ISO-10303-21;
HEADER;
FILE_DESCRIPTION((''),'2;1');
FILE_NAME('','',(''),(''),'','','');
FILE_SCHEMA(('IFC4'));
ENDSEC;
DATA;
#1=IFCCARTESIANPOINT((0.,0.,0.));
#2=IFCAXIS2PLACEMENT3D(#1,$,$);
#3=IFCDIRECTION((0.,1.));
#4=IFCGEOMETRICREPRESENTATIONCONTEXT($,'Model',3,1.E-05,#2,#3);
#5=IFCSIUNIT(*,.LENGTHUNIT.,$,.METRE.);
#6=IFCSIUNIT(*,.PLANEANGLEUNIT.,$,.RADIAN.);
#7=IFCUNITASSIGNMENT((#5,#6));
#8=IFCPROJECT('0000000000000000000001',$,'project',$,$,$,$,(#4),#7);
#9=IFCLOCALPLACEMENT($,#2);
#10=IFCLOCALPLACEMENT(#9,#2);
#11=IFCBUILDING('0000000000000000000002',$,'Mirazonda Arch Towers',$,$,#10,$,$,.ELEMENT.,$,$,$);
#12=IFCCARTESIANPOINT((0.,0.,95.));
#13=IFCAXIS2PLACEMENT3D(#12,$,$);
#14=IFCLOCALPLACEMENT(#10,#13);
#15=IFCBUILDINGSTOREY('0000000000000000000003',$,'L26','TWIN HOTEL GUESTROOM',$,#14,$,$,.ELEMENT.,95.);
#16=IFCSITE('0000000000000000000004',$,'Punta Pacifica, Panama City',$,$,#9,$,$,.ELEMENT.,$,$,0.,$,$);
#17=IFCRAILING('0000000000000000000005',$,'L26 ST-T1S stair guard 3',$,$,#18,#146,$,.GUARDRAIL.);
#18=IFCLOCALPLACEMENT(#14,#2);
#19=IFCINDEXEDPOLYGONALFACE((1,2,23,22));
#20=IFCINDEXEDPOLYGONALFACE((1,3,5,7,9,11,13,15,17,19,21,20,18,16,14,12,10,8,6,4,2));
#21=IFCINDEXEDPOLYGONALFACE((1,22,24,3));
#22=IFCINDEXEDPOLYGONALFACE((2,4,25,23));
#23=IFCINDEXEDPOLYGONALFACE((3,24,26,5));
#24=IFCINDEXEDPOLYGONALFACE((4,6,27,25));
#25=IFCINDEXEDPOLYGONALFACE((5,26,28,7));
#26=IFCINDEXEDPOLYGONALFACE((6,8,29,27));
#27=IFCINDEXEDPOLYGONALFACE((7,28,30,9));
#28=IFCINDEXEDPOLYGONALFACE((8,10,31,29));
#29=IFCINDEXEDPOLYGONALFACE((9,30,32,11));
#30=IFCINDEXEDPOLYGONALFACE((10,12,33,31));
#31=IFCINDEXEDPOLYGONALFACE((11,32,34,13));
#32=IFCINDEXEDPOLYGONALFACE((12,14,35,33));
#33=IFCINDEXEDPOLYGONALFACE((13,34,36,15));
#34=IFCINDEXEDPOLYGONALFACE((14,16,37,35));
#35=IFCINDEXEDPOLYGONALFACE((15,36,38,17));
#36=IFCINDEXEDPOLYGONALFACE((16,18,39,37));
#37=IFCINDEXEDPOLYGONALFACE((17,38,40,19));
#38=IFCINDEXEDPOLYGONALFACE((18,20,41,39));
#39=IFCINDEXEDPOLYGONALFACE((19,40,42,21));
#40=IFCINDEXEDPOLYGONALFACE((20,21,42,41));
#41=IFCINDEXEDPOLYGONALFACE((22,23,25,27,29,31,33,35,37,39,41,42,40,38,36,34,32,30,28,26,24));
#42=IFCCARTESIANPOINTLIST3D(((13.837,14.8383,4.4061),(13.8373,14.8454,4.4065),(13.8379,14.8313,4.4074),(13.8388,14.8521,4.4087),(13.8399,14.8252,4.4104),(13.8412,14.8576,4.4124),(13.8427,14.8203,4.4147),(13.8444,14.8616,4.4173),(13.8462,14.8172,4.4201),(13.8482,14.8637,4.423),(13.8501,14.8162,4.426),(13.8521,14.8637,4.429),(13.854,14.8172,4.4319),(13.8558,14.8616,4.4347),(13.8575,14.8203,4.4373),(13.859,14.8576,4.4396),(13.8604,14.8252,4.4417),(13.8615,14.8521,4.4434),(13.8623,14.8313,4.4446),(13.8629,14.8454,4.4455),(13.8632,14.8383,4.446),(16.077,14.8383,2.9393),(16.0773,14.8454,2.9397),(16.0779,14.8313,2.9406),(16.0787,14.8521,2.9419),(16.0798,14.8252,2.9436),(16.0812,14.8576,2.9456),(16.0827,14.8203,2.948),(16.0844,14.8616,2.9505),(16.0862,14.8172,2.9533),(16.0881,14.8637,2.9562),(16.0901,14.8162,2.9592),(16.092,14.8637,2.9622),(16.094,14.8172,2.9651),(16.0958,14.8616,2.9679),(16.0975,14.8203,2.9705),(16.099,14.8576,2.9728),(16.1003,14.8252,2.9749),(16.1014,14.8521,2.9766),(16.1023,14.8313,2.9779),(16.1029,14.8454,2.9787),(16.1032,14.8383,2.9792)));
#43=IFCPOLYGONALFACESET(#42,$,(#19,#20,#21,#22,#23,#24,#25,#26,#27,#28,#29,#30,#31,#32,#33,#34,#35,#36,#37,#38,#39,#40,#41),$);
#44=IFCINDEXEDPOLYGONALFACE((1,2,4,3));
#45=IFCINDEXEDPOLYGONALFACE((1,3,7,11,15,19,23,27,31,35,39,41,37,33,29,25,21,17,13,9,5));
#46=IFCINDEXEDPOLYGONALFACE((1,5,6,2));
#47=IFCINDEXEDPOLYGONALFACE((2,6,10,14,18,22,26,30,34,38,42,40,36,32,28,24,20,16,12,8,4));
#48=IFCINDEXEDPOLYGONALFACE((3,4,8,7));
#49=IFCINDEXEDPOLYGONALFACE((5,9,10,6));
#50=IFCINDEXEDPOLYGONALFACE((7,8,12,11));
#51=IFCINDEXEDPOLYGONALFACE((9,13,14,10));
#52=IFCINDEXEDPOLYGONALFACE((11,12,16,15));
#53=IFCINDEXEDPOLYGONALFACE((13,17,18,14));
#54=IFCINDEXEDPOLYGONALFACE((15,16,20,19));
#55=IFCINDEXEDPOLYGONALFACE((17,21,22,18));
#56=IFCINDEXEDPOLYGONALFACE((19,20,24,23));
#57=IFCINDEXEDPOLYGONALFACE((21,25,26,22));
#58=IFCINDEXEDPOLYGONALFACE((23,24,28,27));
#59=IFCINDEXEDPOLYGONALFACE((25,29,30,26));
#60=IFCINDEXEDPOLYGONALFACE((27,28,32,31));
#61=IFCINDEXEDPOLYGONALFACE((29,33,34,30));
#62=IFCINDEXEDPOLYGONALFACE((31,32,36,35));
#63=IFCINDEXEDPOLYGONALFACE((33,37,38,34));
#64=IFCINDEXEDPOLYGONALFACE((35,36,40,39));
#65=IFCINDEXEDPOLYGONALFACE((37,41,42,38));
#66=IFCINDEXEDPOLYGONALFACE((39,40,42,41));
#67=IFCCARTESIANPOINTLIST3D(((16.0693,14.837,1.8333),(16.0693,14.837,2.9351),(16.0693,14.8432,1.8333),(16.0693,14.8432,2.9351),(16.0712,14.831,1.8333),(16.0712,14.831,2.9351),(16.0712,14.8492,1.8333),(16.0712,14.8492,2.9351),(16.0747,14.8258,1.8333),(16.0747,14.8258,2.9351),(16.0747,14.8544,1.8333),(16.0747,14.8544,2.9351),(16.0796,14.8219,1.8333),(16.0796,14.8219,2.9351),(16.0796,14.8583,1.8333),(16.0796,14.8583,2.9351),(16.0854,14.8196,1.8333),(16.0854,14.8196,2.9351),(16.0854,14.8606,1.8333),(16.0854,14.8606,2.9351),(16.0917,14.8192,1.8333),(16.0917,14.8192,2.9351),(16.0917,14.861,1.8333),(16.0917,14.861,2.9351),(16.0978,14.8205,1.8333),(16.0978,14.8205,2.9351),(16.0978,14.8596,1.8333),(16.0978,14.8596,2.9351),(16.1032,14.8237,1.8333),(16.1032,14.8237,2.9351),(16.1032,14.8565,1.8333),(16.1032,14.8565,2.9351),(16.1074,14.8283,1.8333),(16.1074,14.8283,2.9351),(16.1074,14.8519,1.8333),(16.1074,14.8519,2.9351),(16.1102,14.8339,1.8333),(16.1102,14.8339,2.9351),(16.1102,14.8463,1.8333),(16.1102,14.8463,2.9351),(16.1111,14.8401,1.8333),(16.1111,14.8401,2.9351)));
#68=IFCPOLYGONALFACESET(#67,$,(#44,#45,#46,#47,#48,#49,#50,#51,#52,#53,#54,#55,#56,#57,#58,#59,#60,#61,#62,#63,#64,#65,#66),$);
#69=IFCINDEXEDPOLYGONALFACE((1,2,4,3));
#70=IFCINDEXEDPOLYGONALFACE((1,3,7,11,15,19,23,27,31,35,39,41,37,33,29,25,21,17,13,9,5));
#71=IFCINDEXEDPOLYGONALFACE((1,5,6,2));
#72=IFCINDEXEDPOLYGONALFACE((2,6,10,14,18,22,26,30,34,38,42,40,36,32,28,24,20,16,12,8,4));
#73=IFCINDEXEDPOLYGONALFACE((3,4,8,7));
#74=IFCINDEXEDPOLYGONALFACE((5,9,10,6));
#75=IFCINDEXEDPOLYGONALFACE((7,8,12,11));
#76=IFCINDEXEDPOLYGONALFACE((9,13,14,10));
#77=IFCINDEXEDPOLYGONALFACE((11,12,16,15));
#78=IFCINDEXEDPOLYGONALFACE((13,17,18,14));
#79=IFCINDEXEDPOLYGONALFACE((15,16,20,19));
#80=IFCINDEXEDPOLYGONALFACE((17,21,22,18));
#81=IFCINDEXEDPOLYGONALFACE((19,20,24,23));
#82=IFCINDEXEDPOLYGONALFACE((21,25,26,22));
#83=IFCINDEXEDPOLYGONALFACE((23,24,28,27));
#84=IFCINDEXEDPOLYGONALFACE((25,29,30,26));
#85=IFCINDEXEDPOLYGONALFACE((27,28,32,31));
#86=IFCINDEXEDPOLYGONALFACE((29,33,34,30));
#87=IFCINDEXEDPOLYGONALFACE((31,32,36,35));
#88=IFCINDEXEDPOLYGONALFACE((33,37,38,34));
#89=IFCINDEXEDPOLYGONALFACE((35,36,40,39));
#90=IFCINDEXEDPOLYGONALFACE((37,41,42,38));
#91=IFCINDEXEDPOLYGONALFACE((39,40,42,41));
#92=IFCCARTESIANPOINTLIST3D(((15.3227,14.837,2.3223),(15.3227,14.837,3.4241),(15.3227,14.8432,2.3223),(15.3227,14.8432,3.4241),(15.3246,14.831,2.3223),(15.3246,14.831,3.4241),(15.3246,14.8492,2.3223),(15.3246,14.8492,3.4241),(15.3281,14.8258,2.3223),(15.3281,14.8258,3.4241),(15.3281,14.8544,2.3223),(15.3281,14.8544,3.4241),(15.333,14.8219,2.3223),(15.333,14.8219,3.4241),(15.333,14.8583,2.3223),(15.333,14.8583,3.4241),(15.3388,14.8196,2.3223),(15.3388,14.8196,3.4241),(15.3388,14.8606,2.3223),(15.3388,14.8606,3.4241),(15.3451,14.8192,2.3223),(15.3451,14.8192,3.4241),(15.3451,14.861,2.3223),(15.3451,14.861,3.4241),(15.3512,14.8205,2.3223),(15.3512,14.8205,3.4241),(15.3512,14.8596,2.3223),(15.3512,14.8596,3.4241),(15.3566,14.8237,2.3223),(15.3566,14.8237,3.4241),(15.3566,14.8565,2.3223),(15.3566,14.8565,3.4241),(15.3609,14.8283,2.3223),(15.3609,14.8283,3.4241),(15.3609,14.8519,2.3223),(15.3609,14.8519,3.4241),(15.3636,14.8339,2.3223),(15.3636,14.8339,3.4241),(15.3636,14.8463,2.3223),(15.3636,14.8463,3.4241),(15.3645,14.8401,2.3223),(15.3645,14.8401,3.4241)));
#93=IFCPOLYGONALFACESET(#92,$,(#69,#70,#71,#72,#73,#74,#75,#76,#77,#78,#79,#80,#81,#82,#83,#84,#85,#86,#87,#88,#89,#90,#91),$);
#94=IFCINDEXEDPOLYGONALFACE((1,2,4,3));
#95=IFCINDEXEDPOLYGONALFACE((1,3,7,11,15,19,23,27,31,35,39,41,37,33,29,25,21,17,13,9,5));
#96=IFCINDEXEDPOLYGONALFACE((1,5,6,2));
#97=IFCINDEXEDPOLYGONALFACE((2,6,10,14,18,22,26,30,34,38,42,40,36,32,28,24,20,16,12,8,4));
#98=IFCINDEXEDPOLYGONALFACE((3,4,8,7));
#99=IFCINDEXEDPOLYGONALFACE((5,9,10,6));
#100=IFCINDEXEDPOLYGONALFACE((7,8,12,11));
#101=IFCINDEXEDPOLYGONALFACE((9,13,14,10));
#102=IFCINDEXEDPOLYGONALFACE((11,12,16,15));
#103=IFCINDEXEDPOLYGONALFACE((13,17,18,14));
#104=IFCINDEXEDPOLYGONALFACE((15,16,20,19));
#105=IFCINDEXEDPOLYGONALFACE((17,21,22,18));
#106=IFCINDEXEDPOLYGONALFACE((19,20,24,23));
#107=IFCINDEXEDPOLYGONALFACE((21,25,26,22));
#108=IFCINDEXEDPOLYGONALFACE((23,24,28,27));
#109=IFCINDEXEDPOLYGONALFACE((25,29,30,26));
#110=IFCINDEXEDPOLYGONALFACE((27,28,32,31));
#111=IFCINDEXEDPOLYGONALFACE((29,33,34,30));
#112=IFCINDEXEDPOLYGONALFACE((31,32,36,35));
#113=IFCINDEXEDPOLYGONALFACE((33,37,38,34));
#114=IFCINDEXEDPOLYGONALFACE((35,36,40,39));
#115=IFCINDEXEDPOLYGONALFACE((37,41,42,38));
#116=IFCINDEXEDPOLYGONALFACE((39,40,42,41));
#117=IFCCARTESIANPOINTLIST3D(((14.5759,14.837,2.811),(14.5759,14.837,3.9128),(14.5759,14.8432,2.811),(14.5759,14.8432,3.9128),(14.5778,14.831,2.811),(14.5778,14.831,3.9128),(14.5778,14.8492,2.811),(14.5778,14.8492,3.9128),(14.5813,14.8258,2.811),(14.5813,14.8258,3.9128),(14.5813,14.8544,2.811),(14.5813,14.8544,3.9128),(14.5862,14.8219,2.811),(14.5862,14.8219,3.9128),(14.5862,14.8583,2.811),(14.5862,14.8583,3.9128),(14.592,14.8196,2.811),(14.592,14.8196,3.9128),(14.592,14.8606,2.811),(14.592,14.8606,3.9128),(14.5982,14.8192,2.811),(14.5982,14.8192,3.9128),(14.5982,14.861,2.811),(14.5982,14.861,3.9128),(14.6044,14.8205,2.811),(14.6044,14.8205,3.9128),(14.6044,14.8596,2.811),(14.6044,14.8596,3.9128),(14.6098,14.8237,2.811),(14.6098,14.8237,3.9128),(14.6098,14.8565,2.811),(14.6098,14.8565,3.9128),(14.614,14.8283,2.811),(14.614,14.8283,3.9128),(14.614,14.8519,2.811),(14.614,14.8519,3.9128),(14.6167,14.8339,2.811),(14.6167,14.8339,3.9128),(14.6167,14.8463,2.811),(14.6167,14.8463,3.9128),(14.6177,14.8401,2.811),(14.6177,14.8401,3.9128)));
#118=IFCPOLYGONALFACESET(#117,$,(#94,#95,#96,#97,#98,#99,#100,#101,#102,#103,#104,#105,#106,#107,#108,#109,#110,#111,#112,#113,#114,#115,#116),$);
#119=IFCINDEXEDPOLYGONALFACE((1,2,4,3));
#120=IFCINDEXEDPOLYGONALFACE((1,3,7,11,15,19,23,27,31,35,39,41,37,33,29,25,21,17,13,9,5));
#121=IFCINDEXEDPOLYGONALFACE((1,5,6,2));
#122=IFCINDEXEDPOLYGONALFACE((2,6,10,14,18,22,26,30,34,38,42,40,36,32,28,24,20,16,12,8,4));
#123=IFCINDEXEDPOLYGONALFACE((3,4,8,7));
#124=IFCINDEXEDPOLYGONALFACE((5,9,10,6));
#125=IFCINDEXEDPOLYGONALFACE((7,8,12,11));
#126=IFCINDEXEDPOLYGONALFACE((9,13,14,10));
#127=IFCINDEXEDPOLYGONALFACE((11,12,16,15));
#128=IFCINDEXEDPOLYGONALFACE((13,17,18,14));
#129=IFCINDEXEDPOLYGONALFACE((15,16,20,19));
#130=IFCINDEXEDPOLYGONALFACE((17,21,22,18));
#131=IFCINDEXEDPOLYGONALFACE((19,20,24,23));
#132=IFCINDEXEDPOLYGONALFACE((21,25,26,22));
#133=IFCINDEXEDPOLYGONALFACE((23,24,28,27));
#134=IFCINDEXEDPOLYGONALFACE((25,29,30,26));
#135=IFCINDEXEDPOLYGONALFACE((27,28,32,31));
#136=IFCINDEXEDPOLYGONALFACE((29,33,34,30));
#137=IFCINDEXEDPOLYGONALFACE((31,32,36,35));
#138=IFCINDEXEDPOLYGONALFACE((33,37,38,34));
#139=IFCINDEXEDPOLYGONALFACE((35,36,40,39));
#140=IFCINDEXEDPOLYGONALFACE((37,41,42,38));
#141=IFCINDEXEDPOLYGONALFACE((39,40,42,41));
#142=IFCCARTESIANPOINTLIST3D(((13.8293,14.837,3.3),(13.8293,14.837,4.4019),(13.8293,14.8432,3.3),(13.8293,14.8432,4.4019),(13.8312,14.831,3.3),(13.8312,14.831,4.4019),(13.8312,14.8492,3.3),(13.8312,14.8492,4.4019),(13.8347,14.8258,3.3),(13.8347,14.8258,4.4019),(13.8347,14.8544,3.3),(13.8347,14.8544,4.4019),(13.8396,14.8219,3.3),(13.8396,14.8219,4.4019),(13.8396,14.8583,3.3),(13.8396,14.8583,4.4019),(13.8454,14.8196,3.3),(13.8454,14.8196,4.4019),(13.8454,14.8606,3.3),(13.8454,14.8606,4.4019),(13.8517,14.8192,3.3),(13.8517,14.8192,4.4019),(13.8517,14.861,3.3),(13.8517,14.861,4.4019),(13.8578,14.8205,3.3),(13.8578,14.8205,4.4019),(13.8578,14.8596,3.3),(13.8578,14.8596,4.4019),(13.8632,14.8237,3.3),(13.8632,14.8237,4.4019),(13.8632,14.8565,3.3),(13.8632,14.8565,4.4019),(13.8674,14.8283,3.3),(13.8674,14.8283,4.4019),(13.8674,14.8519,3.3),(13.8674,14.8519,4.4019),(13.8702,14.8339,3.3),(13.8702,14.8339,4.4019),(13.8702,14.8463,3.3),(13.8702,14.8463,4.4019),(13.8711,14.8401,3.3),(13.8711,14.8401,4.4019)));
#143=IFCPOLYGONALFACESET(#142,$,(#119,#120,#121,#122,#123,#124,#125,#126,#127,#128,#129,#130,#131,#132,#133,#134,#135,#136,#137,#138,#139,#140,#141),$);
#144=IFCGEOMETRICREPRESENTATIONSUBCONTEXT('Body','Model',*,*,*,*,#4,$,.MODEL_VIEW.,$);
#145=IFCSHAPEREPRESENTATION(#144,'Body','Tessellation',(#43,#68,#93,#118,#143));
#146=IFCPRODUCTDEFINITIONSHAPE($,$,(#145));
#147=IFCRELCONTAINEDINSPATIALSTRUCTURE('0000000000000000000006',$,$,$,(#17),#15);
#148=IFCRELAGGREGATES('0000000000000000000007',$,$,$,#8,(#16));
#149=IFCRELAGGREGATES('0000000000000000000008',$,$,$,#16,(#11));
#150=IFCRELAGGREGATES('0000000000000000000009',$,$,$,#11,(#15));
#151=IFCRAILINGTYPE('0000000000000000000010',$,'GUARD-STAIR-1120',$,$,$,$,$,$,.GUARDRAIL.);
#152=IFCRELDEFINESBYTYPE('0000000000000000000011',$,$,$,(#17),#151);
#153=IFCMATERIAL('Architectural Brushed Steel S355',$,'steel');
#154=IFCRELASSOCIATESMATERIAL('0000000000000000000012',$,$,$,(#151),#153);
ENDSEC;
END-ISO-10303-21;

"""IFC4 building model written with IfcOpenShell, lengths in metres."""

from ifc_helpers import new_model, si_unit, direction, frame, origin, origin_2d, place, context, subcontext, project, spatial, circle, extrude, material, type_object, element, save


model = new_model("IFC4")

# Units and contexts
model_context = context("Model", 3, precision=1e-05, world=origin(), true_north=direction((0.0, 1.0)))
body_context = subcontext(model_context, "Body", "Model", "MODEL_VIEW")
ifc_project = project(units=[si_unit("LENGTHUNIT", "METRE"), si_unit("PLANEANGLEUNIT", "RADIAN")], contexts=[model_context])

# Site, building, storey
site_placement = place(None, origin())
site = spatial("IfcSite", under=ifc_project, at=site_placement, Name="Punta Pacifica, Panama City", CompositionType="ELEMENT", RefElevation=0.0)
building_placement = place(site_placement, origin())
building = spatial("IfcBuilding", under=site, at=building_placement, Name="Mirazonda Arch Towers", CompositionType="ELEMENT")
storey_placement = place(building_placement, frame((0.0, 0.0, 95.0)))
storey = spatial("IfcBuildingStorey", under=building, at=storey_placement, Name="L26", Description="TWIN HOTEL GUESTROOM", CompositionType="ELEMENT", Elevation=95.0)

# Railing
ifc_material_1 = material(Name="Architectural Brushed Steel S355", Category="steel")
railing_type_1 = type_object("IfcRailingType", Name="GUARD-STAIR-1120", PredefinedType="GUARDRAIL", material=ifc_material_1)
railing_1_placement = place(storey_placement, frame((16.0901, 14.8401, 1.8333)))
element("IfcRailing", 1, at=railing_1_placement, inside=storey, type_object=railing_type_1, Name="L26 ST-T1S stair guard 3", PredefinedType="GUARDRAIL", context=body_context, shape_type="SweptSolid", body=[
    extrude(circle(Radius=0.0239, at=origin_2d()), frame((0.0, 0.0, 1.126), z_axis=(-0.836595, 0.0, 0.547822), x_axis=(0.0, -1.0, 0.0)), (0.0, 0.0, 1.0), 2.6775),
    extrude(circle(Radius=0.021, at=origin_2d()), origin(), (0.0, 0.0, 1.0), 1.1018),
    extrude(circle(Radius=0.021, at=origin_2d()), frame((-0.7466, 0.0, 0.489)), (0.0, 0.0, 1.0), 1.1018),
    extrude(circle(Radius=0.021, at=origin_2d()), frame((-1.4934, 0.0, 0.9778)), (0.0, 0.0, 1.0), 1.1018),
    extrude(circle(Radius=0.021, at=origin_2d()), frame((-2.24, 0.0, 1.4668)), (0.0, 0.0, 1.0), 1.1018),
])

save(model, "model.ifc")
